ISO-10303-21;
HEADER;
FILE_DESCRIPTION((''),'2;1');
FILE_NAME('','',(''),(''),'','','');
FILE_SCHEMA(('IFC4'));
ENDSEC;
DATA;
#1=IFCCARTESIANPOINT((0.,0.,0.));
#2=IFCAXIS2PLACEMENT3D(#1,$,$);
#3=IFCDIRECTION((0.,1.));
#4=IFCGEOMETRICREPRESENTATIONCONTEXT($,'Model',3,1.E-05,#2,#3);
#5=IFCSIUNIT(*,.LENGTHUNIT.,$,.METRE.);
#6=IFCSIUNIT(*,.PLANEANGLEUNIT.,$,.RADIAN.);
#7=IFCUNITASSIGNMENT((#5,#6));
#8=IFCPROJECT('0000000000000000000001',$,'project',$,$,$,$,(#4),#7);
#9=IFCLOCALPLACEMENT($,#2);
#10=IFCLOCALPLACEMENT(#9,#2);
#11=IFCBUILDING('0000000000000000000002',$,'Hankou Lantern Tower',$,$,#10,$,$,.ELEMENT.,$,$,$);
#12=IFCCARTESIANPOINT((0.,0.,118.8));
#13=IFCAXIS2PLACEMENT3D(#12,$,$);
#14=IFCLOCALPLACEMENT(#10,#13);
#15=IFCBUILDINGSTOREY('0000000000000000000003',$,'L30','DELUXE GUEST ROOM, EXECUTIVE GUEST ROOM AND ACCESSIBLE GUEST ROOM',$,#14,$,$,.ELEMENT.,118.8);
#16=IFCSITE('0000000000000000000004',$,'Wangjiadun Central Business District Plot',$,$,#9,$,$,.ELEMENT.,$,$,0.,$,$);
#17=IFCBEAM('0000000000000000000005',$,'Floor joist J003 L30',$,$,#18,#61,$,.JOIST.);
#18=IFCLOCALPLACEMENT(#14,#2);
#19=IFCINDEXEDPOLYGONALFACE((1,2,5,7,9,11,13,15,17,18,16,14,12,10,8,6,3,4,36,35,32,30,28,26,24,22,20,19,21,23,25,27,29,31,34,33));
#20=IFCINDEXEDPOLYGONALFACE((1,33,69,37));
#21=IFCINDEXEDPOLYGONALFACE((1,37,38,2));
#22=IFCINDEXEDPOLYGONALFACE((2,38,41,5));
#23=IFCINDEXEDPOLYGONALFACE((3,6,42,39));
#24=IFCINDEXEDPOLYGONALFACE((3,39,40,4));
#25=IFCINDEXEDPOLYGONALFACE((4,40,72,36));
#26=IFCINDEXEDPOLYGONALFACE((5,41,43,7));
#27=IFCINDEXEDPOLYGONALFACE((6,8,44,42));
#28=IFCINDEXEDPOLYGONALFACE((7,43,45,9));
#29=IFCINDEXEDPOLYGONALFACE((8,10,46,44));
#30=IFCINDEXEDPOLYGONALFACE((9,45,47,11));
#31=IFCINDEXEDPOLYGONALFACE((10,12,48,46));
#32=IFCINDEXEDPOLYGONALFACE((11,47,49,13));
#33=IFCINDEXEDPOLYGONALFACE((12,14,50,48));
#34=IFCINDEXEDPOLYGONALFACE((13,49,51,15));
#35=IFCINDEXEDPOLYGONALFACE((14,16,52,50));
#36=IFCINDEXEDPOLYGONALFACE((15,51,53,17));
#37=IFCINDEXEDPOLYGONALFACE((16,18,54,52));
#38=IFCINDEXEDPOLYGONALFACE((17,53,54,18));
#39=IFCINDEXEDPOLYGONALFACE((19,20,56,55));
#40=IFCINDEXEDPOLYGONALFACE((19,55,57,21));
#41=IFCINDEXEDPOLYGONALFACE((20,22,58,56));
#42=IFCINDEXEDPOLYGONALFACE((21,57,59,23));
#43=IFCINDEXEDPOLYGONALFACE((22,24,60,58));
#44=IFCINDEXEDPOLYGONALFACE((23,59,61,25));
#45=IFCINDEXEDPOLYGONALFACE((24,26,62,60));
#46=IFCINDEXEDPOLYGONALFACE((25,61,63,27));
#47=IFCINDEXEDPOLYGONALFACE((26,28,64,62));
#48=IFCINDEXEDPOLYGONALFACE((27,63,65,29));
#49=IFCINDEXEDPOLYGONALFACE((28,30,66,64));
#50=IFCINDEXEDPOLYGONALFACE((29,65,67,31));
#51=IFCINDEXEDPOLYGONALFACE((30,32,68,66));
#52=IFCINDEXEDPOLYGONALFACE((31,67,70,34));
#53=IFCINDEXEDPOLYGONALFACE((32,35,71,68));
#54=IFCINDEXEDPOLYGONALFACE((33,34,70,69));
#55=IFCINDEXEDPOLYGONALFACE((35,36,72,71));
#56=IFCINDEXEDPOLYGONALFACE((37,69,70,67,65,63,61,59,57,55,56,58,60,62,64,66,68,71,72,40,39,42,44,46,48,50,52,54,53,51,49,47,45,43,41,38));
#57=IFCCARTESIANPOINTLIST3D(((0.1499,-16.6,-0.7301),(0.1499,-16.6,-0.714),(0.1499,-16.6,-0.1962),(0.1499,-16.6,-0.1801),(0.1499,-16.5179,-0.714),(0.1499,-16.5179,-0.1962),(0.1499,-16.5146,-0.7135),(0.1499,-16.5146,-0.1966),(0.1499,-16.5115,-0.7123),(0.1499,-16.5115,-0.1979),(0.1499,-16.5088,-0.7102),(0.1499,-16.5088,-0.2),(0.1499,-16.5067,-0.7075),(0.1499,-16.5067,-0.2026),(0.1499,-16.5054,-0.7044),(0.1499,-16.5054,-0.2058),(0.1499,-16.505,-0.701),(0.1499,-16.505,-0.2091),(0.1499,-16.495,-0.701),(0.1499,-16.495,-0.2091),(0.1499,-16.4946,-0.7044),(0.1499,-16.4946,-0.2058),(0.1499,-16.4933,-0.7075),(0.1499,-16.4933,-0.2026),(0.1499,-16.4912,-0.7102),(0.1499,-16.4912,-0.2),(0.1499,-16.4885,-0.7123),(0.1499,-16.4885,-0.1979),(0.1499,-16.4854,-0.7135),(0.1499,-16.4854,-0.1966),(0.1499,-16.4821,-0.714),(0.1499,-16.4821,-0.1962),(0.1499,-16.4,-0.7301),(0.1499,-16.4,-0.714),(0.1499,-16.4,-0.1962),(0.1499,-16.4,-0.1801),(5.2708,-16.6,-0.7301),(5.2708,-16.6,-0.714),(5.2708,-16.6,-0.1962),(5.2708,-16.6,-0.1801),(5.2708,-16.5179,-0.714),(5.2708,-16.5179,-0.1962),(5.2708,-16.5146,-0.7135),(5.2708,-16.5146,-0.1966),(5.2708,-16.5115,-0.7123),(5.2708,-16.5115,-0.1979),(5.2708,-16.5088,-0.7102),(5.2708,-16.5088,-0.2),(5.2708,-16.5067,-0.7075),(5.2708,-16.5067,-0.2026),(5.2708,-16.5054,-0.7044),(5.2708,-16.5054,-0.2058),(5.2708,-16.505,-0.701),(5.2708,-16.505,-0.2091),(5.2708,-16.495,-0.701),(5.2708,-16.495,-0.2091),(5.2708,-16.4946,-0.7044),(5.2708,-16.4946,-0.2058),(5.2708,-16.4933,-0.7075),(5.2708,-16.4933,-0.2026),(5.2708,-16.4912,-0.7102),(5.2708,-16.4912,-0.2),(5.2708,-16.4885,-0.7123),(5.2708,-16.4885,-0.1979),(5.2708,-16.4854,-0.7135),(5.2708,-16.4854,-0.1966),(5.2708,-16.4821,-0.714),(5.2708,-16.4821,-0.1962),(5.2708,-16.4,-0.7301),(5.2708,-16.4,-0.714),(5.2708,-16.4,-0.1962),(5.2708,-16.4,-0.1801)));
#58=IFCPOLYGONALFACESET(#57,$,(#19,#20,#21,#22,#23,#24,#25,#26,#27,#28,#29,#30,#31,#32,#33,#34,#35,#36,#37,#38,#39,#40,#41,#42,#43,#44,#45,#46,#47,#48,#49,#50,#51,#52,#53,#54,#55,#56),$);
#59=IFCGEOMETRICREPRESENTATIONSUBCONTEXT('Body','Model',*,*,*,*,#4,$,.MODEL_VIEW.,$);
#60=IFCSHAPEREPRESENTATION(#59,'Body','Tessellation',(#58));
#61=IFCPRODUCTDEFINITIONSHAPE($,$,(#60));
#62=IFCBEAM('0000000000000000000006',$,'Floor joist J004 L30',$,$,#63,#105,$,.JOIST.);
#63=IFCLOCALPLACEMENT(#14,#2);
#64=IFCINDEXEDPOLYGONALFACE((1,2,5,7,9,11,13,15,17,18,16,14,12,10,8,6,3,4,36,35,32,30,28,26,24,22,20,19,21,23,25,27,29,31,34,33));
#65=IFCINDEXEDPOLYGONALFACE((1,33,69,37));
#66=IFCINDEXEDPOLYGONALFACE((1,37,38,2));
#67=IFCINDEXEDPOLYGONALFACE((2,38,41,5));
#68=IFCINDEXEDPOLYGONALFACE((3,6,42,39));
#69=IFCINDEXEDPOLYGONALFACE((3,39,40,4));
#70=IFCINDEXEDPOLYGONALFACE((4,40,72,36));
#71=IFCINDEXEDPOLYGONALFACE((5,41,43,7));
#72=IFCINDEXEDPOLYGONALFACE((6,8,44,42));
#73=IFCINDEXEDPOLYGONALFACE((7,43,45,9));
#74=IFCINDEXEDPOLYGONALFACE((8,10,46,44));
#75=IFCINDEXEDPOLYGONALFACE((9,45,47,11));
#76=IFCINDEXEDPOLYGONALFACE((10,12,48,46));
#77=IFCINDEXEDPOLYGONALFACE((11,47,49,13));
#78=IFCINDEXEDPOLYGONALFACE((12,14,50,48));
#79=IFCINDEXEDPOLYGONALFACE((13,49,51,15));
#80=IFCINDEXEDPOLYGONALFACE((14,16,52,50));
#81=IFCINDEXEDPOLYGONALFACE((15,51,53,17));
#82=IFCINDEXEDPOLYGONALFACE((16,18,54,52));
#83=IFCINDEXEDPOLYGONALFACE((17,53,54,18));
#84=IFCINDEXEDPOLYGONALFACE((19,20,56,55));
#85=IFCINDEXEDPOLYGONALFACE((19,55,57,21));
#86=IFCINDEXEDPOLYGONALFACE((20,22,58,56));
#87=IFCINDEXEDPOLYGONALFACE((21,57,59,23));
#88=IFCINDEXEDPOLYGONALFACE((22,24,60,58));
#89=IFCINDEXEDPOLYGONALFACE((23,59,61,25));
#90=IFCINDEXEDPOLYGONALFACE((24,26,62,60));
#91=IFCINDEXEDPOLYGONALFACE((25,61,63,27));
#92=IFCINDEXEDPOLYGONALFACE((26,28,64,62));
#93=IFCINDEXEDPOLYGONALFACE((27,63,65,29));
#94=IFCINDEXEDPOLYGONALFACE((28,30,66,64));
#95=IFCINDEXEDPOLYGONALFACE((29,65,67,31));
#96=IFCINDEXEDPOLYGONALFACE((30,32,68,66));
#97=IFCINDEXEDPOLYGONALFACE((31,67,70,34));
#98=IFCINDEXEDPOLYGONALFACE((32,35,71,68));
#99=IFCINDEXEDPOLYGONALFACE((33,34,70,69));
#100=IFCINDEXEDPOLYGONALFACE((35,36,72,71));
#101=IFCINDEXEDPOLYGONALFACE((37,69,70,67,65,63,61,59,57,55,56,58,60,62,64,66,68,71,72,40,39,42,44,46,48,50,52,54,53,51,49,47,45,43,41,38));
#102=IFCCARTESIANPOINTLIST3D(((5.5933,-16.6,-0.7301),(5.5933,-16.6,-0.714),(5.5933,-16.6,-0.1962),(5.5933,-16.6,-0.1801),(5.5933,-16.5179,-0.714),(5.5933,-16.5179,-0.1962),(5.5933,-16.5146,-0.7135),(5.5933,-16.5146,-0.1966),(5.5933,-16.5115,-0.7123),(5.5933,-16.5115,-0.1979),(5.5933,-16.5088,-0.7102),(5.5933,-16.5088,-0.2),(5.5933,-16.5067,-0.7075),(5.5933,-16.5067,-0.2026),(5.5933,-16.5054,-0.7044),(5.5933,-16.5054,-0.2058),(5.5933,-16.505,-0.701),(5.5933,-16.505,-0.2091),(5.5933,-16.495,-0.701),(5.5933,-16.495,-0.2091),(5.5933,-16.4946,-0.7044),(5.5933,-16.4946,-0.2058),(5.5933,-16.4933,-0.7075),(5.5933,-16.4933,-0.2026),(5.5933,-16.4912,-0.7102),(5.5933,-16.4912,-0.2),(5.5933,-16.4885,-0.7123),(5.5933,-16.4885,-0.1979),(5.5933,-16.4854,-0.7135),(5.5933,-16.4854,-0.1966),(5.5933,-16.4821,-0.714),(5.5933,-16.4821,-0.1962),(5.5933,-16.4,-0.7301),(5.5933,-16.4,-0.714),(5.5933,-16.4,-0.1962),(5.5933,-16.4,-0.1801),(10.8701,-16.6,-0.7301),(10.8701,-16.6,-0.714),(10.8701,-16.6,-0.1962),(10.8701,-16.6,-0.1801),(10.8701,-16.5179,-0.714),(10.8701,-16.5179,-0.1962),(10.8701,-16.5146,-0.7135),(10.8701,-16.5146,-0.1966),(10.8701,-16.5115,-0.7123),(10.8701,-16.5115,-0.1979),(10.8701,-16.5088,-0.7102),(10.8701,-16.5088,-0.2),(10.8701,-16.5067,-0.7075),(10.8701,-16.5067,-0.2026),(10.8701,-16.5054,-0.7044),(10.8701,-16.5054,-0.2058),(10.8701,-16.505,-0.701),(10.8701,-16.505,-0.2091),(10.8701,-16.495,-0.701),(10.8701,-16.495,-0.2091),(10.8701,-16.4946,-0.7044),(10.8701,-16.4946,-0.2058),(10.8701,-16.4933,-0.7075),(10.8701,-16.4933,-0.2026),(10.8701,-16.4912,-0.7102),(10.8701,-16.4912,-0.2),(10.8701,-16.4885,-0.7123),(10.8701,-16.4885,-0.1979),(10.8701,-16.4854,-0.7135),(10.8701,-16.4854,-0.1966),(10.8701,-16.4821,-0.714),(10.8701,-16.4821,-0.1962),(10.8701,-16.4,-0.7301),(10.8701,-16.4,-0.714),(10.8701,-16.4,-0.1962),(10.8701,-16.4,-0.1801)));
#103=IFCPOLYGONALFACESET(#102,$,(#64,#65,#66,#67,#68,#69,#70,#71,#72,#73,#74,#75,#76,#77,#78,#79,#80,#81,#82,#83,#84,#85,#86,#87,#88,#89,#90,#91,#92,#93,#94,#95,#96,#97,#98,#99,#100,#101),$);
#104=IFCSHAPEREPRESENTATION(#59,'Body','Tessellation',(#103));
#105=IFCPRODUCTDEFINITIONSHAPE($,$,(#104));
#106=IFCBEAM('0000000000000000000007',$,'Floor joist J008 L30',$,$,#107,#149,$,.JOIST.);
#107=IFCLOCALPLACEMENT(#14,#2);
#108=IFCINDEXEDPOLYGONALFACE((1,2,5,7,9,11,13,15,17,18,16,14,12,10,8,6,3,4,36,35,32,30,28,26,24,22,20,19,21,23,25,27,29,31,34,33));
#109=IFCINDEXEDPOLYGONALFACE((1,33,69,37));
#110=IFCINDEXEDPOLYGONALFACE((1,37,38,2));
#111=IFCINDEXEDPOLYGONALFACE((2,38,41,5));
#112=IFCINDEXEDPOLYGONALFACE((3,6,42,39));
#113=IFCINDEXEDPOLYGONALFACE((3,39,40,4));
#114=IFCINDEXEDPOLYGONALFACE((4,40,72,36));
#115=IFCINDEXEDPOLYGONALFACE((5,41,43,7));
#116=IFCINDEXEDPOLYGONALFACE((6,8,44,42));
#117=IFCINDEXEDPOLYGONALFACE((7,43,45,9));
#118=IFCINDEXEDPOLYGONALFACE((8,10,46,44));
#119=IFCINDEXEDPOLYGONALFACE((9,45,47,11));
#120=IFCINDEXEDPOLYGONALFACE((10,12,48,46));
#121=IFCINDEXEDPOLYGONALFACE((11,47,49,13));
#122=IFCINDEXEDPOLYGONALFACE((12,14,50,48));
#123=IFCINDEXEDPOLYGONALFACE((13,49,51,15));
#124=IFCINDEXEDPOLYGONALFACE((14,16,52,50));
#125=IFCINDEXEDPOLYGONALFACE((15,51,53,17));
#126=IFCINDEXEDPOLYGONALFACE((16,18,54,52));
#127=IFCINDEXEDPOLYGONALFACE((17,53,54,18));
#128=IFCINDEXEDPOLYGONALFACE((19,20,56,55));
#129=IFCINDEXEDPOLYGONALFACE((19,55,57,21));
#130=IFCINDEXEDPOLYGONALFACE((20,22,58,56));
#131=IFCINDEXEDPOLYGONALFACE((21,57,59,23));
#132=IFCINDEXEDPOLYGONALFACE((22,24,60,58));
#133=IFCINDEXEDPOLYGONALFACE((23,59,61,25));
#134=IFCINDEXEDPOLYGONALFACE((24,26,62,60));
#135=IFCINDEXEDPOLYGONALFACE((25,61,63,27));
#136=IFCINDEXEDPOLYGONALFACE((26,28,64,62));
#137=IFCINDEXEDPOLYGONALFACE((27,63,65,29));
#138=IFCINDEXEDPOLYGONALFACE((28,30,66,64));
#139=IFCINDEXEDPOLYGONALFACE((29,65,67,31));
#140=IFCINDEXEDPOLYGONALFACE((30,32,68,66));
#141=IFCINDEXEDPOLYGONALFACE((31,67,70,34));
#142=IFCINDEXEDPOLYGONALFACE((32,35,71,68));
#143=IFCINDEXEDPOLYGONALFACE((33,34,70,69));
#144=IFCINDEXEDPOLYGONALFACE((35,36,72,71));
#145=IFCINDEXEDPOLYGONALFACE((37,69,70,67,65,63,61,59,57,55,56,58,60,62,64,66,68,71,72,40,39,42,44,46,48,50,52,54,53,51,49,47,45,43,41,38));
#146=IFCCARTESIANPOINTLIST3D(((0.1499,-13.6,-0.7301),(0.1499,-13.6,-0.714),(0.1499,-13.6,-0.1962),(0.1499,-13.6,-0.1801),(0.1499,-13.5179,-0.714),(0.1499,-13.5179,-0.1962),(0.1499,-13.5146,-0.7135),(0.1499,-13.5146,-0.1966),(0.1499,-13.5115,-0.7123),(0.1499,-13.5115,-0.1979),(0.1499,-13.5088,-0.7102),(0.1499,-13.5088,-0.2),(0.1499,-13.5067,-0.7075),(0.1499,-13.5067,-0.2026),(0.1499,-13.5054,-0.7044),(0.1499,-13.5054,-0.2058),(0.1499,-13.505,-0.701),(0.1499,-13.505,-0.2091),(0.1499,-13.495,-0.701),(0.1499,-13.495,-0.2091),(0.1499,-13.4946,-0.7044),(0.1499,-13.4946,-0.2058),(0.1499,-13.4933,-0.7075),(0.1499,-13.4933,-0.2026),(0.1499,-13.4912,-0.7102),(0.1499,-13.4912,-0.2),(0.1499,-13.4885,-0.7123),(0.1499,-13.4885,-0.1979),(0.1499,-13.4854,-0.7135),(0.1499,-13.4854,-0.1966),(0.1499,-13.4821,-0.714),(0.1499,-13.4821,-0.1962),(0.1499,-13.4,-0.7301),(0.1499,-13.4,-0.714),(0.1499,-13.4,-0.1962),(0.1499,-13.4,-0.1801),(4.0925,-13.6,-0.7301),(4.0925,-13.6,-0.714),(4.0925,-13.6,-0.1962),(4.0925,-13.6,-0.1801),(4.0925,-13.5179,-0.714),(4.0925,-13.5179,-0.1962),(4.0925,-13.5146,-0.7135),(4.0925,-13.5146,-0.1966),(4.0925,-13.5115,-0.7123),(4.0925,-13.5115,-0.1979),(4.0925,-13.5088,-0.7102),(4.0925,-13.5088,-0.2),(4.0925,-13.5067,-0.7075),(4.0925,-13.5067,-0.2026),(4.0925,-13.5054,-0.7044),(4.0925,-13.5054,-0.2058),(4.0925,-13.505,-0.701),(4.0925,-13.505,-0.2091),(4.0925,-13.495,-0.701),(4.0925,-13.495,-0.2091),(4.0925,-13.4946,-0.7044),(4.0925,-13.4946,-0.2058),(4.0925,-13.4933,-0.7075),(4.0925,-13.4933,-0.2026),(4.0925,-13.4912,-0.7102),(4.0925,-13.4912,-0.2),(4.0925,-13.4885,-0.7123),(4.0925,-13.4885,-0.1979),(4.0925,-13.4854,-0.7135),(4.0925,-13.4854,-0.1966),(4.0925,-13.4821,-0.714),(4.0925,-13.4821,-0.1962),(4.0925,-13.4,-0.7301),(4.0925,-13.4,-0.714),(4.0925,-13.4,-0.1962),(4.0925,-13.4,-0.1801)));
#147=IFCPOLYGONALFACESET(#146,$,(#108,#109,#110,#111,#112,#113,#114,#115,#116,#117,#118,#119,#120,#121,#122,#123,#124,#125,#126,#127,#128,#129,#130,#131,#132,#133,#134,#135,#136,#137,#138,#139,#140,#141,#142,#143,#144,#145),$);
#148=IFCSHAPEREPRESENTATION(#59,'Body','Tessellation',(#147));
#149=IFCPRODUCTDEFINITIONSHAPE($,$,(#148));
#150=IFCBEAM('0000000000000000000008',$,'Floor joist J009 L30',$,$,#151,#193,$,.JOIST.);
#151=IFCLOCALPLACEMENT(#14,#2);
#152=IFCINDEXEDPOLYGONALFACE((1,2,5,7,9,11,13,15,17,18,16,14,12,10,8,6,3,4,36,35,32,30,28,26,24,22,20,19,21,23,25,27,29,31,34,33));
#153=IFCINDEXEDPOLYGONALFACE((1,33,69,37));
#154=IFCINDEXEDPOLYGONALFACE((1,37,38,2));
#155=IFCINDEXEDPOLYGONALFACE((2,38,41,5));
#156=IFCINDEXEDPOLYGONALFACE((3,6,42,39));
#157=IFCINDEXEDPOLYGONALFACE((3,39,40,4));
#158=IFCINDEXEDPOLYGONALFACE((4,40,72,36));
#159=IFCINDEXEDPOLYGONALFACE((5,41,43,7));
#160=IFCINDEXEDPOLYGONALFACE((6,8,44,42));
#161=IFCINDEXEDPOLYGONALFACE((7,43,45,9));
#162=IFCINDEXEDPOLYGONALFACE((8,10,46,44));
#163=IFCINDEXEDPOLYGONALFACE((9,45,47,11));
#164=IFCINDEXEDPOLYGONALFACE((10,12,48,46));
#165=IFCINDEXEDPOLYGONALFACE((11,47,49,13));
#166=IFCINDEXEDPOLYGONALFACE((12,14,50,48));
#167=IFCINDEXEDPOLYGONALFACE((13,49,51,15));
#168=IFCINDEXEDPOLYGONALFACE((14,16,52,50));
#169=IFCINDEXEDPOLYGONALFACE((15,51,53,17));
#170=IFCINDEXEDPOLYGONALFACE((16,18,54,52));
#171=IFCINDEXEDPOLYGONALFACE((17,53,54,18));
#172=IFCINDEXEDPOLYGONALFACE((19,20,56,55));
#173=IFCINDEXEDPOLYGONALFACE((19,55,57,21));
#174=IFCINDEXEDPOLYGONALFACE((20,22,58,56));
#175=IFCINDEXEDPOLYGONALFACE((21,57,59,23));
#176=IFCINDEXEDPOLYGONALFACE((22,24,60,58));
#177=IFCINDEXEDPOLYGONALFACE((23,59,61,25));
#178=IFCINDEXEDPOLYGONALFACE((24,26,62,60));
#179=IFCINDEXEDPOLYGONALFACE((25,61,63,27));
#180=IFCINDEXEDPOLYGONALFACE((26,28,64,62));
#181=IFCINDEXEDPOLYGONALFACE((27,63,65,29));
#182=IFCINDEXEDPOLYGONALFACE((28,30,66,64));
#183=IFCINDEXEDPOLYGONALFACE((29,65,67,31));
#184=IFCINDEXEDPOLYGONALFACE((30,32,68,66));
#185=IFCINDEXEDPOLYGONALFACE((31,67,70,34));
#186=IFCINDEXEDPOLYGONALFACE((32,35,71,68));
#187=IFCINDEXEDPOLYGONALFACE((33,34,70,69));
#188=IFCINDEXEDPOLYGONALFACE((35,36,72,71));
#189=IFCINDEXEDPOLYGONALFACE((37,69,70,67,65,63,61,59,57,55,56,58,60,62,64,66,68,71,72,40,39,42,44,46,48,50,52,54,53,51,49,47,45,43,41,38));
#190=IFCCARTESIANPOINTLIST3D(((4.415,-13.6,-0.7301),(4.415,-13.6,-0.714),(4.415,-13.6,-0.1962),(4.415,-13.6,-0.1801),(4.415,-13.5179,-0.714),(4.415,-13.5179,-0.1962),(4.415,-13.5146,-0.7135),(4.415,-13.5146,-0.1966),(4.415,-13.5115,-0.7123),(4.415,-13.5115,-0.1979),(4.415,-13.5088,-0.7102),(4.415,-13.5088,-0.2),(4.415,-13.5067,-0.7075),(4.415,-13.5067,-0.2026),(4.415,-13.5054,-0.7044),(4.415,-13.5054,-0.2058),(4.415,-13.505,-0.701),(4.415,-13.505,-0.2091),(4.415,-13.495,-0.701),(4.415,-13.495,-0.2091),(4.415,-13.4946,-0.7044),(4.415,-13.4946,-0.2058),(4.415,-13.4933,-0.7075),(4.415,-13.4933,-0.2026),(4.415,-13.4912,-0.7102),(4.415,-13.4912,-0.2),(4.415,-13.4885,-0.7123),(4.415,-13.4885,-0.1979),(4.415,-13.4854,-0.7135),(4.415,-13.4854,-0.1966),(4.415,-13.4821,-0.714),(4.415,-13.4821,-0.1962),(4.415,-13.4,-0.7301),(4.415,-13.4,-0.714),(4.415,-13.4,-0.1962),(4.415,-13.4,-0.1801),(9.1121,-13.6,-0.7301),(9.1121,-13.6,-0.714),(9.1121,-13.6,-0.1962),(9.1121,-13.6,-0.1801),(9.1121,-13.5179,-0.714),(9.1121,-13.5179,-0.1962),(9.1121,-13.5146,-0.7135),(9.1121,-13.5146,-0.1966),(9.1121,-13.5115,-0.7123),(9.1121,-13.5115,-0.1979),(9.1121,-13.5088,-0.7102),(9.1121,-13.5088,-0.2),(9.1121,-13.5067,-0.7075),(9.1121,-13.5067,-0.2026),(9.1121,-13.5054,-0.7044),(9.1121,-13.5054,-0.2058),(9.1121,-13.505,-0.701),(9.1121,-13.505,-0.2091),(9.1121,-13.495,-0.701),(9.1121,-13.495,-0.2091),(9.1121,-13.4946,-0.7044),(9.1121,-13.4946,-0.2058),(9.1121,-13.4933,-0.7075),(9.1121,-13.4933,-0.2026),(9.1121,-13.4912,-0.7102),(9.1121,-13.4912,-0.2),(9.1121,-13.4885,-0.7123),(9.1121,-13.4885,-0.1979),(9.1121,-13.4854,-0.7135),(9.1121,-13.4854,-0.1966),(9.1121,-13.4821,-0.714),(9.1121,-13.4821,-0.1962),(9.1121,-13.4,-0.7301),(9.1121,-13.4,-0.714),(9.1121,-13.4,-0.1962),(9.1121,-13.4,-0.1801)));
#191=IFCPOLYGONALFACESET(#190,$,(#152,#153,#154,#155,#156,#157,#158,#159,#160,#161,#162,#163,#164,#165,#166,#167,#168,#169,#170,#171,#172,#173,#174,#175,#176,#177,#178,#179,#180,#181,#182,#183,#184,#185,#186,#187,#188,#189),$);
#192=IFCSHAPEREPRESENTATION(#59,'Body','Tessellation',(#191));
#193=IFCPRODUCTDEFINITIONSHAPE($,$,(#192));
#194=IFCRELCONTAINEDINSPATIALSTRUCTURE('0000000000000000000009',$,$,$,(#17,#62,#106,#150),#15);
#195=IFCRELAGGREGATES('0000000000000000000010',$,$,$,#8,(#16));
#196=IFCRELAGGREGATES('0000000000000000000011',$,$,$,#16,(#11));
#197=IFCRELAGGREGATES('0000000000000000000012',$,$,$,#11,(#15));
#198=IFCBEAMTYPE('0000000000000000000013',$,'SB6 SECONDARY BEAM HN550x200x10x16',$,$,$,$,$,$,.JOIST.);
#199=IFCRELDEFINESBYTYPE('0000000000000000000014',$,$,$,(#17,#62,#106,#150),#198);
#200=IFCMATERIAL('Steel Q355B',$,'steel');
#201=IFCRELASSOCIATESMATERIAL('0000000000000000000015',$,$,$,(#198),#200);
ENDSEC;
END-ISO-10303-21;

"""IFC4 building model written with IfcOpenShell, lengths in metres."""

from ifc_helpers import new_model, si_unit, direction, frame, origin, origin_2d, place, context, subcontext, project, spatial, i_section, extrude, material, material_profile, profile_set, type_object, element, save


model = new_model("IFC4")

# Units and contexts
model_context = context("Model", 3, precision=1e-05, world=origin(), true_north=direction((0.0, 1.0)))
body_context = subcontext(model_context, "Body", "Model", "MODEL_VIEW")
ifc_project = project(units=[si_unit("LENGTHUNIT", "METRE"), si_unit("PLANEANGLEUNIT", "RADIAN")], contexts=[model_context])

# Site, building, storey
site_placement = place(None, origin())
site = spatial("IfcSite", under=ifc_project, at=site_placement, Name="Wangjiadun Central Business District Plot", CompositionType="ELEMENT", RefElevation=0.0)
building_placement = place(site_placement, origin())
building = spatial("IfcBuilding", under=site, at=building_placement, Name="Hankou Lantern Tower", CompositionType="ELEMENT")
storey_placement = place(building_placement, frame((0.0, 0.0, 118.8)))
storey = spatial("IfcBuildingStorey", under=building, at=storey_placement, Name="L30", Description="DELUXE GUEST ROOM, EXECUTIVE GUEST ROOM AND ACCESSIBLE GUEST ROOM", CompositionType="ELEMENT", Elevation=118.8)

# Beams
ifc_material_1 = material(Name="Steel Q355B", Category="steel")
ifc_material_profile_1 = material_profile(ifc_material_1, i_section(OverallWidth=0.2, OverallDepth=0.55, WebThickness=0.01, FlangeThickness=0.0161, FilletRadius=0.0129, at=origin_2d()), Name="HN550x200x10x16")
ifc_profile_set_1 = profile_set([ifc_material_profile_1], Name="Steel Q355B")
beam_type_1 = type_object("IfcBeamType", Name="SB6 SECONDARY BEAM HN550x200x10x16", PredefinedType="JOIST", material=ifc_profile_set_1)
beam_1_placement = place(storey_placement, frame((0.1499, -16.5, -0.4551), z_axis=(1.0, 0.0, 0.0), x_axis=(0.0, 1.0, 0.0)))
element("IfcBeam", 1, at=beam_1_placement, inside=storey, type_object=beam_type_1, Name="Floor joist J003 L30", PredefinedType="JOIST", context=body_context, shape_type="SweptSolid", body=[
    extrude(i_section(OverallWidth=0.2, OverallDepth=0.55, WebThickness=0.01, FlangeThickness=0.0161, FilletRadius=0.0129, at=origin_2d()), origin(), (0.0, 0.0, 1.0), 5.1208),
])
beam_2_placement = place(storey_placement, frame((5.5933, -16.5, -0.4551), z_axis=(1.0, 0.0, 0.0), x_axis=(0.0, 1.0, 0.0)))
element("IfcBeam", 2, at=beam_2_placement, inside=storey, type_object=beam_type_1, Name="Floor joist J004 L30", PredefinedType="JOIST", context=body_context, shape_type="SweptSolid", body=[
    extrude(i_section(OverallWidth=0.2, OverallDepth=0.55, WebThickness=0.01, FlangeThickness=0.0161, FilletRadius=0.0129, at=origin_2d()), origin(), (0.0, 0.0, 1.0), 5.2769),
])
beam_3_placement = place(storey_placement, frame((0.1499, -13.5, -0.4551), z_axis=(1.0, 0.0, 0.0), x_axis=(0.0, 1.0, 0.0)))
element("IfcBeam", 3, at=beam_3_placement, inside=storey, type_object=beam_type_1, Name="Floor joist J008 L30", PredefinedType="JOIST", context=body_context, shape_type="SweptSolid", body=[
    extrude(i_section(OverallWidth=0.2, OverallDepth=0.55, WebThickness=0.01, FlangeThickness=0.0161, FilletRadius=0.0129, at=origin_2d()), origin(), (0.0, 0.0, 1.0), 3.9426),
])
beam_4_placement = place(storey_placement, frame((4.415, -13.5, -0.4551), z_axis=(1.0, 0.0, 0.0), x_axis=(0.0, 1.0, 0.0)))
element("IfcBeam", 4, at=beam_4_placement, inside=storey, type_object=beam_type_1, Name="Floor joist J009 L30", PredefinedType="JOIST", context=body_context, shape_type="SweptSolid", body=[
    extrude(i_section(OverallWidth=0.2, OverallDepth=0.55, WebThickness=0.01, FlangeThickness=0.0161, FilletRadius=0.0129, at=origin_2d()), origin(), (0.0, 0.0, 1.0), 4.697),
])

save(model, "model.ifc")
